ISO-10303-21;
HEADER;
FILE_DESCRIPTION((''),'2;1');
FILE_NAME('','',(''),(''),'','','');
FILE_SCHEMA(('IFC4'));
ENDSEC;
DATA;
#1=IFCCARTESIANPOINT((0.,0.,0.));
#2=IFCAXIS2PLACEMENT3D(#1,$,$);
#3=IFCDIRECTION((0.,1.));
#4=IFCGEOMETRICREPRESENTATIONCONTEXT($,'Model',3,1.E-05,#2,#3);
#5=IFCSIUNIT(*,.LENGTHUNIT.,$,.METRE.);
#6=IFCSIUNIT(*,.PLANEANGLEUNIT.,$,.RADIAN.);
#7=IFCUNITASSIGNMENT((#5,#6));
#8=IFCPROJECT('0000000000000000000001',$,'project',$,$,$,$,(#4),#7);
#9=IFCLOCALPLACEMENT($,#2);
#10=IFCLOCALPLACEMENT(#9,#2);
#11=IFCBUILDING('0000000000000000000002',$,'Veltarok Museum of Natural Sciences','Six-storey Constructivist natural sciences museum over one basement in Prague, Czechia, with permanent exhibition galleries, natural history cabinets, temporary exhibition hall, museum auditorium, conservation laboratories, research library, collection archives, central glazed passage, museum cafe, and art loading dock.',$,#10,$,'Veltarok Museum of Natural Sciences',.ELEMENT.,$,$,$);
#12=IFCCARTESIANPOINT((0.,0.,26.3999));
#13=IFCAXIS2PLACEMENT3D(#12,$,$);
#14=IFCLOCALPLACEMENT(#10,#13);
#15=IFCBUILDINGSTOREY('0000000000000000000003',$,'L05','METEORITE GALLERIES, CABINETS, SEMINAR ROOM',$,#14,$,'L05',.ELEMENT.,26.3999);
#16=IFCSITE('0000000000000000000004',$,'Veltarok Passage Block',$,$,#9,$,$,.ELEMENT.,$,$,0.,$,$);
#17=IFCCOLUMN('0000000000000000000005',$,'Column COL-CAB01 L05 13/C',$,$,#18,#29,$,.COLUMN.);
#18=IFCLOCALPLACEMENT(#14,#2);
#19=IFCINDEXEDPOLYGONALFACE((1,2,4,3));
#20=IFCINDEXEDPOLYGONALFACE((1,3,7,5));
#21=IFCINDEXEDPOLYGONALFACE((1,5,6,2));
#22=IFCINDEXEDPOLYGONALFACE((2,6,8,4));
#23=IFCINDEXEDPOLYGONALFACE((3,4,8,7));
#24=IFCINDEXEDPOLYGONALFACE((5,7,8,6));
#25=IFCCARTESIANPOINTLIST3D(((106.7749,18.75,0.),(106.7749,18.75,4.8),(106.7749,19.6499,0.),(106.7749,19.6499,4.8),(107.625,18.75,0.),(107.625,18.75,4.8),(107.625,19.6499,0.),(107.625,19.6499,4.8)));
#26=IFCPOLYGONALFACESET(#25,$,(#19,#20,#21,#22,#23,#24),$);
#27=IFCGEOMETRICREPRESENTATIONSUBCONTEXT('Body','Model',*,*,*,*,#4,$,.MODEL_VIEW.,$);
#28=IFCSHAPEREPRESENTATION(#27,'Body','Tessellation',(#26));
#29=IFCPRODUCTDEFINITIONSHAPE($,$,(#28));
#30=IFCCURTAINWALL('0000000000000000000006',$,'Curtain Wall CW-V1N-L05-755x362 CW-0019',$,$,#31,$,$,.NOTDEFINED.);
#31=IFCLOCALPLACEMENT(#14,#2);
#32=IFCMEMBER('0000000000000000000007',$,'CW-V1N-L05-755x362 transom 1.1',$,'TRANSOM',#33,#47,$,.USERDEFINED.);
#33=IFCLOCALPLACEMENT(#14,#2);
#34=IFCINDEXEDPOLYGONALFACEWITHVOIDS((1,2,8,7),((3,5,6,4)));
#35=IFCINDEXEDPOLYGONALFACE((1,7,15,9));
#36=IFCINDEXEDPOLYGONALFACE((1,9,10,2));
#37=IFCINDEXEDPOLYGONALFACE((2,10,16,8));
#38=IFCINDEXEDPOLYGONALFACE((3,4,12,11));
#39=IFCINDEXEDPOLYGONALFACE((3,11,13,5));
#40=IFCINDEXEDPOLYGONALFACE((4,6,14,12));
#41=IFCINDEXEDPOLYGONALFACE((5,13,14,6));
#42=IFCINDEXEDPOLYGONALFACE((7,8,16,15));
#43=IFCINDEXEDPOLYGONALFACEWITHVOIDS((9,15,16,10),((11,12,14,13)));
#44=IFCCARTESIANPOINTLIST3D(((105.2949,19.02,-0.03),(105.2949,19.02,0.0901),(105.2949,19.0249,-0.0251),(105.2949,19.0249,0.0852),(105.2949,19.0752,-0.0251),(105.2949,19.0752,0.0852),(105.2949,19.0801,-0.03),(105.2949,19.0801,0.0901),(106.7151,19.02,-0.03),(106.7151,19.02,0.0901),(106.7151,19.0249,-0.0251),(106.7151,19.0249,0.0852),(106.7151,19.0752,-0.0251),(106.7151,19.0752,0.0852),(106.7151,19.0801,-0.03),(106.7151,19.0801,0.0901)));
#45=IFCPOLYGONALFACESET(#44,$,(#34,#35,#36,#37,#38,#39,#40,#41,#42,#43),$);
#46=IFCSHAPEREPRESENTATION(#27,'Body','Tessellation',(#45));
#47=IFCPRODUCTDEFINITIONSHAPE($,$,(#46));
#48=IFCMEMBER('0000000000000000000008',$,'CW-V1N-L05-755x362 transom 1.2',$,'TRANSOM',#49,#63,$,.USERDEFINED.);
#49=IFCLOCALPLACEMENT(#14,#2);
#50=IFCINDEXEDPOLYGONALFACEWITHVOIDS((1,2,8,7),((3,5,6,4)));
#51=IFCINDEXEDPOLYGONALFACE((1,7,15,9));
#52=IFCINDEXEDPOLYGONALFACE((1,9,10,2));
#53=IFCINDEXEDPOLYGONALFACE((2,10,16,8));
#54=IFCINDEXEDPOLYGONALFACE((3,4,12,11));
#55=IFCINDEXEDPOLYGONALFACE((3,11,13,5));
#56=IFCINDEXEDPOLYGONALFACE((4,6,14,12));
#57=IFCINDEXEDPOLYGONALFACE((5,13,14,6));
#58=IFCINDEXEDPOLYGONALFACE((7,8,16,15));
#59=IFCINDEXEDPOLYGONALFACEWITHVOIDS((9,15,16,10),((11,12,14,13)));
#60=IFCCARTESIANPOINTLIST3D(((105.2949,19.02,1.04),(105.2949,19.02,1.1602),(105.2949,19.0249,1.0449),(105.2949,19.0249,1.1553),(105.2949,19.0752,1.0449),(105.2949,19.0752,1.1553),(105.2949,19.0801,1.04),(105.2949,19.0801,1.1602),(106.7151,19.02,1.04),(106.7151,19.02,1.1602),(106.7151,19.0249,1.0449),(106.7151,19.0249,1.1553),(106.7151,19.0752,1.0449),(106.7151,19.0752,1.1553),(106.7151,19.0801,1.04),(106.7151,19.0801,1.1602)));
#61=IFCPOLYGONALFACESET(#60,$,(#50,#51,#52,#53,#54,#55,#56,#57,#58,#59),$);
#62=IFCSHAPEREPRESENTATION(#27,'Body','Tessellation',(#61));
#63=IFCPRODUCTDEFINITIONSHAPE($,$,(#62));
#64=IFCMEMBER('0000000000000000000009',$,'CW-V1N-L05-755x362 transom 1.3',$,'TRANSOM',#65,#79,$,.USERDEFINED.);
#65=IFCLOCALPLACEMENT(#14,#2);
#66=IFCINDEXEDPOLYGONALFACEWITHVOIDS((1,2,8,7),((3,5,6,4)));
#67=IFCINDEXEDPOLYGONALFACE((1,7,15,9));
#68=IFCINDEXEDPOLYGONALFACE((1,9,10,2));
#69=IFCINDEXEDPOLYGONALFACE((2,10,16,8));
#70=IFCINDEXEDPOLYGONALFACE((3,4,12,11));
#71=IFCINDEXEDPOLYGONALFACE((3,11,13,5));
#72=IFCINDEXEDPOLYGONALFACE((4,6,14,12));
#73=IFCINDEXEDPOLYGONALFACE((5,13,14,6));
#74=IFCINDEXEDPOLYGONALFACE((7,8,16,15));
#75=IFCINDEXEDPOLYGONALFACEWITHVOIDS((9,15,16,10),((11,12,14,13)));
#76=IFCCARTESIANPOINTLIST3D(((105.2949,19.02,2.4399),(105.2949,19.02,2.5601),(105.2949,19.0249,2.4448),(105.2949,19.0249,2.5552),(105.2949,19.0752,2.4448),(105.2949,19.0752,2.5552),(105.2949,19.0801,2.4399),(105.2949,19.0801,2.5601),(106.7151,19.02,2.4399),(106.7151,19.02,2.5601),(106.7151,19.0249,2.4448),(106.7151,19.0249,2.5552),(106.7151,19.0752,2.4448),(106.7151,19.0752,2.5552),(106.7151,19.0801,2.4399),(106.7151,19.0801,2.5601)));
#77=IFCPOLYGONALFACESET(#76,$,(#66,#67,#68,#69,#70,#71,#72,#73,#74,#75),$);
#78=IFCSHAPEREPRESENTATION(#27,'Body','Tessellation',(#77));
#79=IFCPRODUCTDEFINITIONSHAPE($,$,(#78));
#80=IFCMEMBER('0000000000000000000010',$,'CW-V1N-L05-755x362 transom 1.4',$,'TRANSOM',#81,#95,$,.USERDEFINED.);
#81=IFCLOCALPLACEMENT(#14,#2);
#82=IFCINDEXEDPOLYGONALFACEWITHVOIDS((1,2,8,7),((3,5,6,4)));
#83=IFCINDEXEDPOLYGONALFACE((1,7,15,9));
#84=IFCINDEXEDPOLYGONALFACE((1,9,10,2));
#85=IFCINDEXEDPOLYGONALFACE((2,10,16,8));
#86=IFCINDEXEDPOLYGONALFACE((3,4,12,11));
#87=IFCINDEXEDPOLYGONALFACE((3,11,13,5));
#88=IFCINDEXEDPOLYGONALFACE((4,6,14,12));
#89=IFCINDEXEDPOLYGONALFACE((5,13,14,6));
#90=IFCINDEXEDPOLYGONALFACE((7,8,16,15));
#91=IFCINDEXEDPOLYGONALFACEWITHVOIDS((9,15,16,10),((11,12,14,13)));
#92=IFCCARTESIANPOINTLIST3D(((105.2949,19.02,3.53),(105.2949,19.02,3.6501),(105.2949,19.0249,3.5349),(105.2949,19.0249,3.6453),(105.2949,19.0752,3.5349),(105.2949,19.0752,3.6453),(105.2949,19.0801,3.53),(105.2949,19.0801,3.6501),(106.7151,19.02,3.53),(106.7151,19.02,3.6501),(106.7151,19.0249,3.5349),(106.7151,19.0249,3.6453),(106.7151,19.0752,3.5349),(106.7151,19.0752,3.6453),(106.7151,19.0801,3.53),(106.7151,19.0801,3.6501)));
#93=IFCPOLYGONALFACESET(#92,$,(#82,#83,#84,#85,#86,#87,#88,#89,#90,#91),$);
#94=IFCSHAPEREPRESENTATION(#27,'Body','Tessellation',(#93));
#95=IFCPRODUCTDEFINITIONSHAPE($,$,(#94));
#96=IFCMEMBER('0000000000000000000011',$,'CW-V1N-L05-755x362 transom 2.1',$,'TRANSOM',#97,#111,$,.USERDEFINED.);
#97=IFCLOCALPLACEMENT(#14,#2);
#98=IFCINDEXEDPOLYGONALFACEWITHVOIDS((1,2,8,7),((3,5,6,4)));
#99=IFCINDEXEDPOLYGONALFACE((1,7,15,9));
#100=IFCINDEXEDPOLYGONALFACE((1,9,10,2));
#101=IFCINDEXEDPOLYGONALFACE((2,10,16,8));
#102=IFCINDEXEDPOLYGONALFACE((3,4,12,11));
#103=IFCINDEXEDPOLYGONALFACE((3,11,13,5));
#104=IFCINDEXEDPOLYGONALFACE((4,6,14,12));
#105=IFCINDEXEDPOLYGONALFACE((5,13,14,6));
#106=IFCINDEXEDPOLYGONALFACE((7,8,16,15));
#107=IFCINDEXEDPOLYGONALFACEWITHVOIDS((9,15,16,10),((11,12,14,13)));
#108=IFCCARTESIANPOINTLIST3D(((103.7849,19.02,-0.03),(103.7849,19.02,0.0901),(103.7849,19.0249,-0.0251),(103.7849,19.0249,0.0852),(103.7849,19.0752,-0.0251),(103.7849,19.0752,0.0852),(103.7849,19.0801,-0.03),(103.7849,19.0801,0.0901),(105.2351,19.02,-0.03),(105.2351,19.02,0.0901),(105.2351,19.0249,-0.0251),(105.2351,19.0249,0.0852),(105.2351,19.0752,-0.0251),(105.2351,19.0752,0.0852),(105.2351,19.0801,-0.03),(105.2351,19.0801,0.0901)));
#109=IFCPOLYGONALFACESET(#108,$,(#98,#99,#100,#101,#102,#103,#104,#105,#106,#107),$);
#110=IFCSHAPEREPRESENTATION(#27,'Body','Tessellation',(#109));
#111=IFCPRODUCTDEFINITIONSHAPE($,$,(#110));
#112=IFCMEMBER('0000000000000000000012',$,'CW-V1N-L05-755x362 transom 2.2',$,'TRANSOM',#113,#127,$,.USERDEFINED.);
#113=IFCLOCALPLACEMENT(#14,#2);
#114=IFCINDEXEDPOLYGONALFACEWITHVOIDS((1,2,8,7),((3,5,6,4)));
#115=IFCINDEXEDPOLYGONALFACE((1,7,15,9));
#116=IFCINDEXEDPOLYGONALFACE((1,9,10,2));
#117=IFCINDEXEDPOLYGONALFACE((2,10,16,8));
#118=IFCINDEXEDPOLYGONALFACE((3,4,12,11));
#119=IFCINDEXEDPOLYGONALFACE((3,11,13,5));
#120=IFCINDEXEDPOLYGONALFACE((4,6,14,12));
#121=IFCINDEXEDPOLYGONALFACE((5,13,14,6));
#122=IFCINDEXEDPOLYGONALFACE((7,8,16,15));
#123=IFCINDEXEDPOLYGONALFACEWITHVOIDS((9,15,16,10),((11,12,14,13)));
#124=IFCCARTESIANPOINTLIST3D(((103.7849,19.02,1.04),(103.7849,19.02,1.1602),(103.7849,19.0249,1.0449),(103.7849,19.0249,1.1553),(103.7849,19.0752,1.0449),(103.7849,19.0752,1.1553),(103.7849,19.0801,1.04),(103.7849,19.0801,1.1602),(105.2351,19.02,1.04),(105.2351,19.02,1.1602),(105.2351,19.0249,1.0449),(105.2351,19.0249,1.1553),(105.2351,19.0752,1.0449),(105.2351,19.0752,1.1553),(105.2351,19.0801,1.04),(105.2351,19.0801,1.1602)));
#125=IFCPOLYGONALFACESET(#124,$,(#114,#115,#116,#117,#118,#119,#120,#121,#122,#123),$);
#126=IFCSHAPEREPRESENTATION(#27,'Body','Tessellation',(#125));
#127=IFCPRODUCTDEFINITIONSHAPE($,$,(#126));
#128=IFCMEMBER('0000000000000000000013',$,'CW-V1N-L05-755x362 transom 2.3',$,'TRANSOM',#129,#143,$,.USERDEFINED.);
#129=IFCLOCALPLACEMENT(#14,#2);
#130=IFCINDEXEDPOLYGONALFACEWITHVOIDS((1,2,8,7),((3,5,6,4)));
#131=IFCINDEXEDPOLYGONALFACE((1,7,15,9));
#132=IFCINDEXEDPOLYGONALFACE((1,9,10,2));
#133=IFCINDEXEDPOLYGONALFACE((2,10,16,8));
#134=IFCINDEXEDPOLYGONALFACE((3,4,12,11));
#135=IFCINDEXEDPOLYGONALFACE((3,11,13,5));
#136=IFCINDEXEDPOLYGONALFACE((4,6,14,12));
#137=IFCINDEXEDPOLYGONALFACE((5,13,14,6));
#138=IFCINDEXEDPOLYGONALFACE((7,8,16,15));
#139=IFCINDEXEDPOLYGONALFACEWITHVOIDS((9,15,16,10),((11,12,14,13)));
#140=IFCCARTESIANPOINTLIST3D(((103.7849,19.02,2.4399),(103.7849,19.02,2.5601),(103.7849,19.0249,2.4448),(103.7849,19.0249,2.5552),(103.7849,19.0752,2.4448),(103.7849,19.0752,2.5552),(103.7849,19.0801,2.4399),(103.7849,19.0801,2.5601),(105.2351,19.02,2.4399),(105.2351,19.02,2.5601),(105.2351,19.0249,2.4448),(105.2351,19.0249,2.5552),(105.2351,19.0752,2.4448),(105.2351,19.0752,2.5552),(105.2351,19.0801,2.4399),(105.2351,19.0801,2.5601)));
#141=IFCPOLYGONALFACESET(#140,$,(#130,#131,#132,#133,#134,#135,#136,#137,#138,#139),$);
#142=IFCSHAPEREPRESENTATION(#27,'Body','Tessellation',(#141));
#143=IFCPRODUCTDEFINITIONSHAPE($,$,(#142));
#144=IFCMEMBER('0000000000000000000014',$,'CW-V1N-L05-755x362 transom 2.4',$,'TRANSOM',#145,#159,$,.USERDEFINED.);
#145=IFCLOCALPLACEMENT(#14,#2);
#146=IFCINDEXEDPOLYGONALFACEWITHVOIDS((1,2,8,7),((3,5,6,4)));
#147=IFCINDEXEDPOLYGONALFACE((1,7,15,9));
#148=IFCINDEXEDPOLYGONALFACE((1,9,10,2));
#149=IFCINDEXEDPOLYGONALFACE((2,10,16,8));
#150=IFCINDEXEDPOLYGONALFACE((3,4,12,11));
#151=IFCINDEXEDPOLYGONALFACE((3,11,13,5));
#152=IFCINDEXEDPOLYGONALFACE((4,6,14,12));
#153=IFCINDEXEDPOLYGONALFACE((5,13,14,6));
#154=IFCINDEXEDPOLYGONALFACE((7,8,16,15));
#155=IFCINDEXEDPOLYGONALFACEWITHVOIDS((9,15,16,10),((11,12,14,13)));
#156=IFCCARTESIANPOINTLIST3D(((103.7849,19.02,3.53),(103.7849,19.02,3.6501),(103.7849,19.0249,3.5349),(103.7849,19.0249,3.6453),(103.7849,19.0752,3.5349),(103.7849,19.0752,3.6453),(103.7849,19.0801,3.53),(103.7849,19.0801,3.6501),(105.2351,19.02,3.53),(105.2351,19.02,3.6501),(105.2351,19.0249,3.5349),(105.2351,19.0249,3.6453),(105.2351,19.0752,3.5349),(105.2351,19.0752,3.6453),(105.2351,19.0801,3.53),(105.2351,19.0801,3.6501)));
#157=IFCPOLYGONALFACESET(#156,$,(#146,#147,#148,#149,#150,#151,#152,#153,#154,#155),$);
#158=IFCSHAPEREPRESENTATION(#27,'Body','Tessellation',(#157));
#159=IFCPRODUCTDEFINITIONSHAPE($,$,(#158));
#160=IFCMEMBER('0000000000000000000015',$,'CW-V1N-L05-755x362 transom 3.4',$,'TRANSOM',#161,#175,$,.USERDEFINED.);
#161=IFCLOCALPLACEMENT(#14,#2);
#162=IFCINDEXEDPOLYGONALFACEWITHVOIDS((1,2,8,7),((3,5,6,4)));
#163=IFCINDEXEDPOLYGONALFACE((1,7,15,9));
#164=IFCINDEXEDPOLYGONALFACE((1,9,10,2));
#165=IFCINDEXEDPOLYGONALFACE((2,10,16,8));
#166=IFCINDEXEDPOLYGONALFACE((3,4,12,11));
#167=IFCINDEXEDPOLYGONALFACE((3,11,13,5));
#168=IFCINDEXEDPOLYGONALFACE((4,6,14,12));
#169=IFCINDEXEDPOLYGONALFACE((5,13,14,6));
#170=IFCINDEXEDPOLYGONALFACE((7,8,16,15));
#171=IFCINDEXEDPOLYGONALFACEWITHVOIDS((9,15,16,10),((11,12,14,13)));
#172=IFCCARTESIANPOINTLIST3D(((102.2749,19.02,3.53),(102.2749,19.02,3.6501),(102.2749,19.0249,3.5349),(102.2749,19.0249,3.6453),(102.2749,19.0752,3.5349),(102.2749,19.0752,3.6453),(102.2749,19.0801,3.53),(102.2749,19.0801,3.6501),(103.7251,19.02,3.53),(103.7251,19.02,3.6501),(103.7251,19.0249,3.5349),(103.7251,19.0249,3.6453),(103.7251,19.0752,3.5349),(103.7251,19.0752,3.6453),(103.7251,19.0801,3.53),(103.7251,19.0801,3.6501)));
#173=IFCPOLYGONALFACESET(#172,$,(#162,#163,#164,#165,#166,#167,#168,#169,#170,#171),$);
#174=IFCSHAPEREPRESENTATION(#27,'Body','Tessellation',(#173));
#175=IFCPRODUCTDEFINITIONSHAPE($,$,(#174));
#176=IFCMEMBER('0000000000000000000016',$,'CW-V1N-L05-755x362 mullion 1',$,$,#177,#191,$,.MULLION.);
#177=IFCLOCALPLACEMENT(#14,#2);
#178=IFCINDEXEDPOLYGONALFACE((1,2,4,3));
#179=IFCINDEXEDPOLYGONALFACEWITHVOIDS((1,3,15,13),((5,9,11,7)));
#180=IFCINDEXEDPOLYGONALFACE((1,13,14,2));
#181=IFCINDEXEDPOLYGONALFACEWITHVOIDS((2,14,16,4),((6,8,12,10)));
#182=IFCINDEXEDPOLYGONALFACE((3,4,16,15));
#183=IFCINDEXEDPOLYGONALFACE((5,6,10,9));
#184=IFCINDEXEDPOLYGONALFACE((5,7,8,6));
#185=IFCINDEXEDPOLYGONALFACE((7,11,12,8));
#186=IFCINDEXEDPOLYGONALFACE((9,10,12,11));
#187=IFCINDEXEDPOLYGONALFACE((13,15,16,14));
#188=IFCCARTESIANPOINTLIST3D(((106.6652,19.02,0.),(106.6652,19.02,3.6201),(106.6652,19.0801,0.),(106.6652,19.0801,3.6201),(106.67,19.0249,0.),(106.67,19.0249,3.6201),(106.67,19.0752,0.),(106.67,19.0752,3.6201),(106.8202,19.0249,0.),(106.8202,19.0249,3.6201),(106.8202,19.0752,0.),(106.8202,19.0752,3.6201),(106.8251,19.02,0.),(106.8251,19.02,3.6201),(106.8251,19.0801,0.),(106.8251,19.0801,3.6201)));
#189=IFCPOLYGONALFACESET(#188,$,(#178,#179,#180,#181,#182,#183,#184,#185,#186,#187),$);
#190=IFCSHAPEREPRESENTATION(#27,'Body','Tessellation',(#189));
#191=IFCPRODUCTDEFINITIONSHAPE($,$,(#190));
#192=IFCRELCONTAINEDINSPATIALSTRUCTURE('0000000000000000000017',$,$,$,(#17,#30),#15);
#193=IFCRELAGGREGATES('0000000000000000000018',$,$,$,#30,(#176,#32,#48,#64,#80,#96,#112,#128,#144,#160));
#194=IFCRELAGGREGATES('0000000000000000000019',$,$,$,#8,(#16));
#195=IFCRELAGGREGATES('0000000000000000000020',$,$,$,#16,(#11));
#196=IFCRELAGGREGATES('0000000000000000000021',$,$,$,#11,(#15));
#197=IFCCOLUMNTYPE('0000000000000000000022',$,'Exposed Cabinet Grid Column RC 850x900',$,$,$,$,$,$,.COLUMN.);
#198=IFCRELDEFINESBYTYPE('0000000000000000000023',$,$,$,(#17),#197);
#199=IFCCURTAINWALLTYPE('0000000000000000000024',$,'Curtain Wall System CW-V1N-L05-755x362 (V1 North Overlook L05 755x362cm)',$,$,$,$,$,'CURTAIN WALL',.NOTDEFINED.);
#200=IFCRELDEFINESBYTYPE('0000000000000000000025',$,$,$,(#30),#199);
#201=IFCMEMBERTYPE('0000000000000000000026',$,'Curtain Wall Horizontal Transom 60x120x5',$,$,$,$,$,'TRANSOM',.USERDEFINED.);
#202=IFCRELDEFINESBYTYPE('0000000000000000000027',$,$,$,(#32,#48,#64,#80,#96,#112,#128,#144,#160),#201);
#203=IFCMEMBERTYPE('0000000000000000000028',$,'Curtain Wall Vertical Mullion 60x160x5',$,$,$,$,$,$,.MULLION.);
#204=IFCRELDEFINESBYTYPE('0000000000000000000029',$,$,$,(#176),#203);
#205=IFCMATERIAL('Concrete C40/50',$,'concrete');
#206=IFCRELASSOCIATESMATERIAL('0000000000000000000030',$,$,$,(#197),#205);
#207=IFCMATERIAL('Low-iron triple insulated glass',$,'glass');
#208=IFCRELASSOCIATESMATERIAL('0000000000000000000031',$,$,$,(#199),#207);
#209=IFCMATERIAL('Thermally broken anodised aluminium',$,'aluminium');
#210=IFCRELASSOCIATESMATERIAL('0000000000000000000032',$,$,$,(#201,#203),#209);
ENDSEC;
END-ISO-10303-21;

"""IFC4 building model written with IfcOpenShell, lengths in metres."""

from ifc_helpers import new_model, si_unit, direction, frame, origin, origin_2d, place, context, subcontext, project, spatial, rectangle, hollow_rectangle, extrude, material, material_profile, profile_set, type_object, element, aggregate, save


model = new_model("IFC4")

# Units and contexts
model_context = context("Model", 3, precision=1e-05, world=origin(), true_north=direction((0.0, 1.0)))
body_context = subcontext(model_context, "Body", "Model", "MODEL_VIEW")
ifc_project = project(units=[si_unit("LENGTHUNIT", "METRE"), si_unit("PLANEANGLEUNIT", "RADIAN")], contexts=[model_context])

# Site, building, storey
site_placement = place(None, origin())
site = spatial("IfcSite", under=ifc_project, at=site_placement, Name="Veltarok Passage Block", CompositionType="ELEMENT", RefElevation=0.0)
building_placement = place(site_placement, origin())
building = spatial("IfcBuilding", under=site, at=building_placement, Name="Veltarok Museum of Natural Sciences", Description="Six-storey Constructivist natural sciences museum over one basement in Prague, Czechia, with permanent exhibition galleries, natural history cabinets, temporary exhibition hall, museum auditorium, conservation laboratories, research library, collection archives, central glazed passage, museum cafe, and art loading dock.", LongName="Veltarok Museum of Natural Sciences", CompositionType="ELEMENT")
storey_placement = place(building_placement, frame((0.0, 0.0, 26.3999)))
storey = spatial("IfcBuildingStorey", under=building, at=storey_placement, Name="L05", Description="METEORITE GALLERIES, CABINETS, SEMINAR ROOM", LongName="L05", CompositionType="ELEMENT", Elevation=26.3999)

# Column
ifc_material_1 = material(Name="Concrete C40/50", Category="concrete")
ifc_material_profile_1 = material_profile(ifc_material_1, rectangle(XDim=0.8501, YDim=0.8999, at=origin_2d()), Name="RC 850x900")
ifc_profile_set_1 = profile_set([ifc_material_profile_1], Name="Concrete C40/50")
column_type = type_object("IfcColumnType", Name="Exposed Cabinet Grid Column RC 850x900", PredefinedType="COLUMN", material=ifc_profile_set_1)
column_placement = place(storey_placement, frame((107.2, 19.2, 0.0), z_axis=(0.0, 0.0, 1.0), x_axis=(1.0, 0.0, 0.0)))
element("IfcColumn", 1, at=column_placement, inside=storey, type_object=column_type, Name="Column COL-CAB01 L05 13/C", PredefinedType="COLUMN", context=body_context, shape_type="SweptSolid", body=[
    extrude(rectangle(XDim=0.8501, YDim=0.8999, at=origin_2d()), origin(), (0.0, 0.0, 1.0), 4.8),
])

# Curtain wall, members
ifc_material_2 = material(Name="Low-iron triple insulated glass", Category="glass")
curtain_wall_type = type_object("IfcCurtainWallType", Name="Curtain Wall System CW-V1N-L05-755x362 (V1 North Overlook L05 755x362cm)", ElementType="CURTAIN WALL", PredefinedType="NOTDEFINED", material=ifc_material_2)
curtain_wall_placement = place(storey_placement, origin())
curtain_wall = element("IfcCurtainWall", 2, at=curtain_wall_placement, inside=storey, type_object=curtain_wall_type, Name="Curtain Wall CW-V1N-L05-755x362 CW-0019", PredefinedType="NOTDEFINED")
ifc_material_3 = material(Name="Thermally broken anodised aluminium", Category="aluminium")
ifc_material_profile_2 = material_profile(ifc_material_3, hollow_rectangle(XDim=0.0601, YDim=0.1201, WallThickness=0.0049, at=origin_2d()), Name="CW TRANSOM 60x120x5")
ifc_profile_set_2 = profile_set([ifc_material_profile_2], Name="Thermally broken anodised aluminium")
member_type_1 = type_object("IfcMemberType", Name="Curtain Wall Horizontal Transom 60x120x5", ElementType="TRANSOM", PredefinedType="USERDEFINED", material=ifc_profile_set_2)
member_1_placement = place(storey_placement, frame((106.7151, 19.05, 0.03), z_axis=(-1.0, 0.0, 0.0), x_axis=(0.0, -1.0, 0.0)))
member_1 = element("IfcMember", 3, at=member_1_placement, type_object=member_type_1, Name="CW-V1N-L05-755x362 transom 1.1", ObjectType="TRANSOM", PredefinedType="USERDEFINED", context=body_context, shape_type="SweptSolid", body=[
    extrude(hollow_rectangle(XDim=0.0601, YDim=0.1201, WallThickness=0.0049, at=origin_2d()), origin(), (0.0, 0.0, 1.0), 1.4202),
])
member_2_placement = place(storey_placement, frame((106.7151, 19.05, 1.1001), z_axis=(-1.0, 0.0, 0.0), x_axis=(0.0, -1.0, 0.0)))
member_2 = element("IfcMember", 4, at=member_2_placement, type_object=member_type_1, Name="CW-V1N-L05-755x362 transom 1.2", ObjectType="TRANSOM", PredefinedType="USERDEFINED", context=body_context, shape_type="SweptSolid", body=[
    extrude(hollow_rectangle(XDim=0.0601, YDim=0.1201, WallThickness=0.0049, at=origin_2d()), origin(), (0.0, 0.0, 1.0), 1.4202),
])
member_3_placement = place(storey_placement, frame((106.7151, 19.05, 2.5), z_axis=(-1.0, 0.0, 0.0), x_axis=(0.0, -1.0, 0.0)))
member_3 = element("IfcMember", 5, at=member_3_placement, type_object=member_type_1, Name="CW-V1N-L05-755x362 transom 1.3", ObjectType="TRANSOM", PredefinedType="USERDEFINED", context=body_context, shape_type="SweptSolid", body=[
    extrude(hollow_rectangle(XDim=0.0601, YDim=0.1201, WallThickness=0.0049, at=origin_2d()), origin(), (0.0, 0.0, 1.0), 1.4202),
])
member_4_placement = place(storey_placement, frame((106.7151, 19.05, 3.5901), z_axis=(-1.0, 0.0, 0.0), x_axis=(0.0, -1.0, 0.0)))
member_4 = element("IfcMember", 6, at=member_4_placement, type_object=member_type_1, Name="CW-V1N-L05-755x362 transom 1.4", ObjectType="TRANSOM", PredefinedType="USERDEFINED", context=body_context, shape_type="SweptSolid", body=[
    extrude(hollow_rectangle(XDim=0.0601, YDim=0.1201, WallThickness=0.0049, at=origin_2d()), origin(), (0.0, 0.0, 1.0), 1.4202),
])
member_5_placement = place(storey_placement, frame((105.2351, 19.05, 0.03), z_axis=(-1.0, 0.0, 0.0), x_axis=(0.0, -1.0, 0.0)))
member_5 = element("IfcMember", 7, at=member_5_placement, type_object=member_type_1, Name="CW-V1N-L05-755x362 transom 2.1", ObjectType="TRANSOM", PredefinedType="USERDEFINED", context=body_context, shape_type="SweptSolid", body=[
    extrude(hollow_rectangle(XDim=0.0601, YDim=0.1201, WallThickness=0.0049, at=origin_2d()), origin(), (0.0, 0.0, 1.0), 1.4502),
])
member_6_placement = place(storey_placement, frame((105.2351, 19.05, 1.1001), z_axis=(-1.0, 0.0, 0.0), x_axis=(0.0, -1.0, 0.0)))
member_6 = element("IfcMember", 8, at=member_6_placement, type_object=member_type_1, Name="CW-V1N-L05-755x362 transom 2.2", ObjectType="TRANSOM", PredefinedType="USERDEFINED", context=body_context, shape_type="SweptSolid", body=[
    extrude(hollow_rectangle(XDim=0.0601, YDim=0.1201, WallThickness=0.0049, at=origin_2d()), origin(), (0.0, 0.0, 1.0), 1.4502),
])
member_7_placement = place(storey_placement, frame((105.2351, 19.05, 2.5), z_axis=(-1.0, 0.0, 0.0), x_axis=(0.0, -1.0, 0.0)))
member_7 = element("IfcMember", 9, at=member_7_placement, type_object=member_type_1, Name="CW-V1N-L05-755x362 transom 2.3", ObjectType="TRANSOM", PredefinedType="USERDEFINED", context=body_context, shape_type="SweptSolid", body=[
    extrude(hollow_rectangle(XDim=0.0601, YDim=0.1201, WallThickness=0.0049, at=origin_2d()), origin(), (0.0, 0.0, 1.0), 1.4502),
])
member_8_placement = place(storey_placement, frame((105.2351, 19.05, 3.5901), z_axis=(-1.0, 0.0, 0.0), x_axis=(0.0, -1.0, 0.0)))
member_8 = element("IfcMember", 10, at=member_8_placement, type_object=member_type_1, Name="CW-V1N-L05-755x362 transom 2.4", ObjectType="TRANSOM", PredefinedType="USERDEFINED", context=body_context, shape_type="SweptSolid", body=[
    extrude(hollow_rectangle(XDim=0.0601, YDim=0.1201, WallThickness=0.0049, at=origin_2d()), origin(), (0.0, 0.0, 1.0), 1.4502),
])
member_9_placement = place(storey_placement, frame((103.7251, 19.05, 3.5901), z_axis=(-1.0, 0.0, 0.0), x_axis=(0.0, -1.0, 0.0)))
member_9 = element("IfcMember", 11, at=member_9_placement, type_object=member_type_1, Name="CW-V1N-L05-755x362 transom 3.4", ObjectType="TRANSOM", PredefinedType="USERDEFINED", context=body_context, shape_type="SweptSolid", body=[
    extrude(hollow_rectangle(XDim=0.0601, YDim=0.1201, WallThickness=0.0049, at=origin_2d()), origin(), (0.0, 0.0, 1.0), 1.4502),
])
ifc_material_profile_3 = material_profile(ifc_material_3, hollow_rectangle(XDim=0.0601, YDim=0.1599, WallThickness=0.0049, at=origin_2d()), Name="CW MULLION 60x160x5")
ifc_profile_set_3 = profile_set([ifc_material_profile_3], Name="Thermally broken anodised aluminium")
member_type_2 = type_object("IfcMemberType", Name="Curtain Wall Vertical Mullion 60x160x5", PredefinedType="MULLION", material=ifc_profile_set_3)
member_10_placement = place(storey_placement, frame((106.7451, 19.05, 0.0), z_axis=(0.0, 0.0, 1.0), x_axis=(0.0, -1.0, 0.0)))
member_10 = element("IfcMember", 12, at=member_10_placement, type_object=member_type_2, Name="CW-V1N-L05-755x362 mullion 1", PredefinedType="MULLION", context=body_context, shape_type="SweptSolid", body=[
    extrude(hollow_rectangle(XDim=0.0601, YDim=0.1599, WallThickness=0.0049, at=origin_2d()), origin(), (0.0, 0.0, 1.0), 3.6201),
])

aggregate(curtain_wall, [member_10, member_1, member_2, member_3, member_4, member_5, member_6, member_7, member_8, member_9])

save(model, "model.ifc")
